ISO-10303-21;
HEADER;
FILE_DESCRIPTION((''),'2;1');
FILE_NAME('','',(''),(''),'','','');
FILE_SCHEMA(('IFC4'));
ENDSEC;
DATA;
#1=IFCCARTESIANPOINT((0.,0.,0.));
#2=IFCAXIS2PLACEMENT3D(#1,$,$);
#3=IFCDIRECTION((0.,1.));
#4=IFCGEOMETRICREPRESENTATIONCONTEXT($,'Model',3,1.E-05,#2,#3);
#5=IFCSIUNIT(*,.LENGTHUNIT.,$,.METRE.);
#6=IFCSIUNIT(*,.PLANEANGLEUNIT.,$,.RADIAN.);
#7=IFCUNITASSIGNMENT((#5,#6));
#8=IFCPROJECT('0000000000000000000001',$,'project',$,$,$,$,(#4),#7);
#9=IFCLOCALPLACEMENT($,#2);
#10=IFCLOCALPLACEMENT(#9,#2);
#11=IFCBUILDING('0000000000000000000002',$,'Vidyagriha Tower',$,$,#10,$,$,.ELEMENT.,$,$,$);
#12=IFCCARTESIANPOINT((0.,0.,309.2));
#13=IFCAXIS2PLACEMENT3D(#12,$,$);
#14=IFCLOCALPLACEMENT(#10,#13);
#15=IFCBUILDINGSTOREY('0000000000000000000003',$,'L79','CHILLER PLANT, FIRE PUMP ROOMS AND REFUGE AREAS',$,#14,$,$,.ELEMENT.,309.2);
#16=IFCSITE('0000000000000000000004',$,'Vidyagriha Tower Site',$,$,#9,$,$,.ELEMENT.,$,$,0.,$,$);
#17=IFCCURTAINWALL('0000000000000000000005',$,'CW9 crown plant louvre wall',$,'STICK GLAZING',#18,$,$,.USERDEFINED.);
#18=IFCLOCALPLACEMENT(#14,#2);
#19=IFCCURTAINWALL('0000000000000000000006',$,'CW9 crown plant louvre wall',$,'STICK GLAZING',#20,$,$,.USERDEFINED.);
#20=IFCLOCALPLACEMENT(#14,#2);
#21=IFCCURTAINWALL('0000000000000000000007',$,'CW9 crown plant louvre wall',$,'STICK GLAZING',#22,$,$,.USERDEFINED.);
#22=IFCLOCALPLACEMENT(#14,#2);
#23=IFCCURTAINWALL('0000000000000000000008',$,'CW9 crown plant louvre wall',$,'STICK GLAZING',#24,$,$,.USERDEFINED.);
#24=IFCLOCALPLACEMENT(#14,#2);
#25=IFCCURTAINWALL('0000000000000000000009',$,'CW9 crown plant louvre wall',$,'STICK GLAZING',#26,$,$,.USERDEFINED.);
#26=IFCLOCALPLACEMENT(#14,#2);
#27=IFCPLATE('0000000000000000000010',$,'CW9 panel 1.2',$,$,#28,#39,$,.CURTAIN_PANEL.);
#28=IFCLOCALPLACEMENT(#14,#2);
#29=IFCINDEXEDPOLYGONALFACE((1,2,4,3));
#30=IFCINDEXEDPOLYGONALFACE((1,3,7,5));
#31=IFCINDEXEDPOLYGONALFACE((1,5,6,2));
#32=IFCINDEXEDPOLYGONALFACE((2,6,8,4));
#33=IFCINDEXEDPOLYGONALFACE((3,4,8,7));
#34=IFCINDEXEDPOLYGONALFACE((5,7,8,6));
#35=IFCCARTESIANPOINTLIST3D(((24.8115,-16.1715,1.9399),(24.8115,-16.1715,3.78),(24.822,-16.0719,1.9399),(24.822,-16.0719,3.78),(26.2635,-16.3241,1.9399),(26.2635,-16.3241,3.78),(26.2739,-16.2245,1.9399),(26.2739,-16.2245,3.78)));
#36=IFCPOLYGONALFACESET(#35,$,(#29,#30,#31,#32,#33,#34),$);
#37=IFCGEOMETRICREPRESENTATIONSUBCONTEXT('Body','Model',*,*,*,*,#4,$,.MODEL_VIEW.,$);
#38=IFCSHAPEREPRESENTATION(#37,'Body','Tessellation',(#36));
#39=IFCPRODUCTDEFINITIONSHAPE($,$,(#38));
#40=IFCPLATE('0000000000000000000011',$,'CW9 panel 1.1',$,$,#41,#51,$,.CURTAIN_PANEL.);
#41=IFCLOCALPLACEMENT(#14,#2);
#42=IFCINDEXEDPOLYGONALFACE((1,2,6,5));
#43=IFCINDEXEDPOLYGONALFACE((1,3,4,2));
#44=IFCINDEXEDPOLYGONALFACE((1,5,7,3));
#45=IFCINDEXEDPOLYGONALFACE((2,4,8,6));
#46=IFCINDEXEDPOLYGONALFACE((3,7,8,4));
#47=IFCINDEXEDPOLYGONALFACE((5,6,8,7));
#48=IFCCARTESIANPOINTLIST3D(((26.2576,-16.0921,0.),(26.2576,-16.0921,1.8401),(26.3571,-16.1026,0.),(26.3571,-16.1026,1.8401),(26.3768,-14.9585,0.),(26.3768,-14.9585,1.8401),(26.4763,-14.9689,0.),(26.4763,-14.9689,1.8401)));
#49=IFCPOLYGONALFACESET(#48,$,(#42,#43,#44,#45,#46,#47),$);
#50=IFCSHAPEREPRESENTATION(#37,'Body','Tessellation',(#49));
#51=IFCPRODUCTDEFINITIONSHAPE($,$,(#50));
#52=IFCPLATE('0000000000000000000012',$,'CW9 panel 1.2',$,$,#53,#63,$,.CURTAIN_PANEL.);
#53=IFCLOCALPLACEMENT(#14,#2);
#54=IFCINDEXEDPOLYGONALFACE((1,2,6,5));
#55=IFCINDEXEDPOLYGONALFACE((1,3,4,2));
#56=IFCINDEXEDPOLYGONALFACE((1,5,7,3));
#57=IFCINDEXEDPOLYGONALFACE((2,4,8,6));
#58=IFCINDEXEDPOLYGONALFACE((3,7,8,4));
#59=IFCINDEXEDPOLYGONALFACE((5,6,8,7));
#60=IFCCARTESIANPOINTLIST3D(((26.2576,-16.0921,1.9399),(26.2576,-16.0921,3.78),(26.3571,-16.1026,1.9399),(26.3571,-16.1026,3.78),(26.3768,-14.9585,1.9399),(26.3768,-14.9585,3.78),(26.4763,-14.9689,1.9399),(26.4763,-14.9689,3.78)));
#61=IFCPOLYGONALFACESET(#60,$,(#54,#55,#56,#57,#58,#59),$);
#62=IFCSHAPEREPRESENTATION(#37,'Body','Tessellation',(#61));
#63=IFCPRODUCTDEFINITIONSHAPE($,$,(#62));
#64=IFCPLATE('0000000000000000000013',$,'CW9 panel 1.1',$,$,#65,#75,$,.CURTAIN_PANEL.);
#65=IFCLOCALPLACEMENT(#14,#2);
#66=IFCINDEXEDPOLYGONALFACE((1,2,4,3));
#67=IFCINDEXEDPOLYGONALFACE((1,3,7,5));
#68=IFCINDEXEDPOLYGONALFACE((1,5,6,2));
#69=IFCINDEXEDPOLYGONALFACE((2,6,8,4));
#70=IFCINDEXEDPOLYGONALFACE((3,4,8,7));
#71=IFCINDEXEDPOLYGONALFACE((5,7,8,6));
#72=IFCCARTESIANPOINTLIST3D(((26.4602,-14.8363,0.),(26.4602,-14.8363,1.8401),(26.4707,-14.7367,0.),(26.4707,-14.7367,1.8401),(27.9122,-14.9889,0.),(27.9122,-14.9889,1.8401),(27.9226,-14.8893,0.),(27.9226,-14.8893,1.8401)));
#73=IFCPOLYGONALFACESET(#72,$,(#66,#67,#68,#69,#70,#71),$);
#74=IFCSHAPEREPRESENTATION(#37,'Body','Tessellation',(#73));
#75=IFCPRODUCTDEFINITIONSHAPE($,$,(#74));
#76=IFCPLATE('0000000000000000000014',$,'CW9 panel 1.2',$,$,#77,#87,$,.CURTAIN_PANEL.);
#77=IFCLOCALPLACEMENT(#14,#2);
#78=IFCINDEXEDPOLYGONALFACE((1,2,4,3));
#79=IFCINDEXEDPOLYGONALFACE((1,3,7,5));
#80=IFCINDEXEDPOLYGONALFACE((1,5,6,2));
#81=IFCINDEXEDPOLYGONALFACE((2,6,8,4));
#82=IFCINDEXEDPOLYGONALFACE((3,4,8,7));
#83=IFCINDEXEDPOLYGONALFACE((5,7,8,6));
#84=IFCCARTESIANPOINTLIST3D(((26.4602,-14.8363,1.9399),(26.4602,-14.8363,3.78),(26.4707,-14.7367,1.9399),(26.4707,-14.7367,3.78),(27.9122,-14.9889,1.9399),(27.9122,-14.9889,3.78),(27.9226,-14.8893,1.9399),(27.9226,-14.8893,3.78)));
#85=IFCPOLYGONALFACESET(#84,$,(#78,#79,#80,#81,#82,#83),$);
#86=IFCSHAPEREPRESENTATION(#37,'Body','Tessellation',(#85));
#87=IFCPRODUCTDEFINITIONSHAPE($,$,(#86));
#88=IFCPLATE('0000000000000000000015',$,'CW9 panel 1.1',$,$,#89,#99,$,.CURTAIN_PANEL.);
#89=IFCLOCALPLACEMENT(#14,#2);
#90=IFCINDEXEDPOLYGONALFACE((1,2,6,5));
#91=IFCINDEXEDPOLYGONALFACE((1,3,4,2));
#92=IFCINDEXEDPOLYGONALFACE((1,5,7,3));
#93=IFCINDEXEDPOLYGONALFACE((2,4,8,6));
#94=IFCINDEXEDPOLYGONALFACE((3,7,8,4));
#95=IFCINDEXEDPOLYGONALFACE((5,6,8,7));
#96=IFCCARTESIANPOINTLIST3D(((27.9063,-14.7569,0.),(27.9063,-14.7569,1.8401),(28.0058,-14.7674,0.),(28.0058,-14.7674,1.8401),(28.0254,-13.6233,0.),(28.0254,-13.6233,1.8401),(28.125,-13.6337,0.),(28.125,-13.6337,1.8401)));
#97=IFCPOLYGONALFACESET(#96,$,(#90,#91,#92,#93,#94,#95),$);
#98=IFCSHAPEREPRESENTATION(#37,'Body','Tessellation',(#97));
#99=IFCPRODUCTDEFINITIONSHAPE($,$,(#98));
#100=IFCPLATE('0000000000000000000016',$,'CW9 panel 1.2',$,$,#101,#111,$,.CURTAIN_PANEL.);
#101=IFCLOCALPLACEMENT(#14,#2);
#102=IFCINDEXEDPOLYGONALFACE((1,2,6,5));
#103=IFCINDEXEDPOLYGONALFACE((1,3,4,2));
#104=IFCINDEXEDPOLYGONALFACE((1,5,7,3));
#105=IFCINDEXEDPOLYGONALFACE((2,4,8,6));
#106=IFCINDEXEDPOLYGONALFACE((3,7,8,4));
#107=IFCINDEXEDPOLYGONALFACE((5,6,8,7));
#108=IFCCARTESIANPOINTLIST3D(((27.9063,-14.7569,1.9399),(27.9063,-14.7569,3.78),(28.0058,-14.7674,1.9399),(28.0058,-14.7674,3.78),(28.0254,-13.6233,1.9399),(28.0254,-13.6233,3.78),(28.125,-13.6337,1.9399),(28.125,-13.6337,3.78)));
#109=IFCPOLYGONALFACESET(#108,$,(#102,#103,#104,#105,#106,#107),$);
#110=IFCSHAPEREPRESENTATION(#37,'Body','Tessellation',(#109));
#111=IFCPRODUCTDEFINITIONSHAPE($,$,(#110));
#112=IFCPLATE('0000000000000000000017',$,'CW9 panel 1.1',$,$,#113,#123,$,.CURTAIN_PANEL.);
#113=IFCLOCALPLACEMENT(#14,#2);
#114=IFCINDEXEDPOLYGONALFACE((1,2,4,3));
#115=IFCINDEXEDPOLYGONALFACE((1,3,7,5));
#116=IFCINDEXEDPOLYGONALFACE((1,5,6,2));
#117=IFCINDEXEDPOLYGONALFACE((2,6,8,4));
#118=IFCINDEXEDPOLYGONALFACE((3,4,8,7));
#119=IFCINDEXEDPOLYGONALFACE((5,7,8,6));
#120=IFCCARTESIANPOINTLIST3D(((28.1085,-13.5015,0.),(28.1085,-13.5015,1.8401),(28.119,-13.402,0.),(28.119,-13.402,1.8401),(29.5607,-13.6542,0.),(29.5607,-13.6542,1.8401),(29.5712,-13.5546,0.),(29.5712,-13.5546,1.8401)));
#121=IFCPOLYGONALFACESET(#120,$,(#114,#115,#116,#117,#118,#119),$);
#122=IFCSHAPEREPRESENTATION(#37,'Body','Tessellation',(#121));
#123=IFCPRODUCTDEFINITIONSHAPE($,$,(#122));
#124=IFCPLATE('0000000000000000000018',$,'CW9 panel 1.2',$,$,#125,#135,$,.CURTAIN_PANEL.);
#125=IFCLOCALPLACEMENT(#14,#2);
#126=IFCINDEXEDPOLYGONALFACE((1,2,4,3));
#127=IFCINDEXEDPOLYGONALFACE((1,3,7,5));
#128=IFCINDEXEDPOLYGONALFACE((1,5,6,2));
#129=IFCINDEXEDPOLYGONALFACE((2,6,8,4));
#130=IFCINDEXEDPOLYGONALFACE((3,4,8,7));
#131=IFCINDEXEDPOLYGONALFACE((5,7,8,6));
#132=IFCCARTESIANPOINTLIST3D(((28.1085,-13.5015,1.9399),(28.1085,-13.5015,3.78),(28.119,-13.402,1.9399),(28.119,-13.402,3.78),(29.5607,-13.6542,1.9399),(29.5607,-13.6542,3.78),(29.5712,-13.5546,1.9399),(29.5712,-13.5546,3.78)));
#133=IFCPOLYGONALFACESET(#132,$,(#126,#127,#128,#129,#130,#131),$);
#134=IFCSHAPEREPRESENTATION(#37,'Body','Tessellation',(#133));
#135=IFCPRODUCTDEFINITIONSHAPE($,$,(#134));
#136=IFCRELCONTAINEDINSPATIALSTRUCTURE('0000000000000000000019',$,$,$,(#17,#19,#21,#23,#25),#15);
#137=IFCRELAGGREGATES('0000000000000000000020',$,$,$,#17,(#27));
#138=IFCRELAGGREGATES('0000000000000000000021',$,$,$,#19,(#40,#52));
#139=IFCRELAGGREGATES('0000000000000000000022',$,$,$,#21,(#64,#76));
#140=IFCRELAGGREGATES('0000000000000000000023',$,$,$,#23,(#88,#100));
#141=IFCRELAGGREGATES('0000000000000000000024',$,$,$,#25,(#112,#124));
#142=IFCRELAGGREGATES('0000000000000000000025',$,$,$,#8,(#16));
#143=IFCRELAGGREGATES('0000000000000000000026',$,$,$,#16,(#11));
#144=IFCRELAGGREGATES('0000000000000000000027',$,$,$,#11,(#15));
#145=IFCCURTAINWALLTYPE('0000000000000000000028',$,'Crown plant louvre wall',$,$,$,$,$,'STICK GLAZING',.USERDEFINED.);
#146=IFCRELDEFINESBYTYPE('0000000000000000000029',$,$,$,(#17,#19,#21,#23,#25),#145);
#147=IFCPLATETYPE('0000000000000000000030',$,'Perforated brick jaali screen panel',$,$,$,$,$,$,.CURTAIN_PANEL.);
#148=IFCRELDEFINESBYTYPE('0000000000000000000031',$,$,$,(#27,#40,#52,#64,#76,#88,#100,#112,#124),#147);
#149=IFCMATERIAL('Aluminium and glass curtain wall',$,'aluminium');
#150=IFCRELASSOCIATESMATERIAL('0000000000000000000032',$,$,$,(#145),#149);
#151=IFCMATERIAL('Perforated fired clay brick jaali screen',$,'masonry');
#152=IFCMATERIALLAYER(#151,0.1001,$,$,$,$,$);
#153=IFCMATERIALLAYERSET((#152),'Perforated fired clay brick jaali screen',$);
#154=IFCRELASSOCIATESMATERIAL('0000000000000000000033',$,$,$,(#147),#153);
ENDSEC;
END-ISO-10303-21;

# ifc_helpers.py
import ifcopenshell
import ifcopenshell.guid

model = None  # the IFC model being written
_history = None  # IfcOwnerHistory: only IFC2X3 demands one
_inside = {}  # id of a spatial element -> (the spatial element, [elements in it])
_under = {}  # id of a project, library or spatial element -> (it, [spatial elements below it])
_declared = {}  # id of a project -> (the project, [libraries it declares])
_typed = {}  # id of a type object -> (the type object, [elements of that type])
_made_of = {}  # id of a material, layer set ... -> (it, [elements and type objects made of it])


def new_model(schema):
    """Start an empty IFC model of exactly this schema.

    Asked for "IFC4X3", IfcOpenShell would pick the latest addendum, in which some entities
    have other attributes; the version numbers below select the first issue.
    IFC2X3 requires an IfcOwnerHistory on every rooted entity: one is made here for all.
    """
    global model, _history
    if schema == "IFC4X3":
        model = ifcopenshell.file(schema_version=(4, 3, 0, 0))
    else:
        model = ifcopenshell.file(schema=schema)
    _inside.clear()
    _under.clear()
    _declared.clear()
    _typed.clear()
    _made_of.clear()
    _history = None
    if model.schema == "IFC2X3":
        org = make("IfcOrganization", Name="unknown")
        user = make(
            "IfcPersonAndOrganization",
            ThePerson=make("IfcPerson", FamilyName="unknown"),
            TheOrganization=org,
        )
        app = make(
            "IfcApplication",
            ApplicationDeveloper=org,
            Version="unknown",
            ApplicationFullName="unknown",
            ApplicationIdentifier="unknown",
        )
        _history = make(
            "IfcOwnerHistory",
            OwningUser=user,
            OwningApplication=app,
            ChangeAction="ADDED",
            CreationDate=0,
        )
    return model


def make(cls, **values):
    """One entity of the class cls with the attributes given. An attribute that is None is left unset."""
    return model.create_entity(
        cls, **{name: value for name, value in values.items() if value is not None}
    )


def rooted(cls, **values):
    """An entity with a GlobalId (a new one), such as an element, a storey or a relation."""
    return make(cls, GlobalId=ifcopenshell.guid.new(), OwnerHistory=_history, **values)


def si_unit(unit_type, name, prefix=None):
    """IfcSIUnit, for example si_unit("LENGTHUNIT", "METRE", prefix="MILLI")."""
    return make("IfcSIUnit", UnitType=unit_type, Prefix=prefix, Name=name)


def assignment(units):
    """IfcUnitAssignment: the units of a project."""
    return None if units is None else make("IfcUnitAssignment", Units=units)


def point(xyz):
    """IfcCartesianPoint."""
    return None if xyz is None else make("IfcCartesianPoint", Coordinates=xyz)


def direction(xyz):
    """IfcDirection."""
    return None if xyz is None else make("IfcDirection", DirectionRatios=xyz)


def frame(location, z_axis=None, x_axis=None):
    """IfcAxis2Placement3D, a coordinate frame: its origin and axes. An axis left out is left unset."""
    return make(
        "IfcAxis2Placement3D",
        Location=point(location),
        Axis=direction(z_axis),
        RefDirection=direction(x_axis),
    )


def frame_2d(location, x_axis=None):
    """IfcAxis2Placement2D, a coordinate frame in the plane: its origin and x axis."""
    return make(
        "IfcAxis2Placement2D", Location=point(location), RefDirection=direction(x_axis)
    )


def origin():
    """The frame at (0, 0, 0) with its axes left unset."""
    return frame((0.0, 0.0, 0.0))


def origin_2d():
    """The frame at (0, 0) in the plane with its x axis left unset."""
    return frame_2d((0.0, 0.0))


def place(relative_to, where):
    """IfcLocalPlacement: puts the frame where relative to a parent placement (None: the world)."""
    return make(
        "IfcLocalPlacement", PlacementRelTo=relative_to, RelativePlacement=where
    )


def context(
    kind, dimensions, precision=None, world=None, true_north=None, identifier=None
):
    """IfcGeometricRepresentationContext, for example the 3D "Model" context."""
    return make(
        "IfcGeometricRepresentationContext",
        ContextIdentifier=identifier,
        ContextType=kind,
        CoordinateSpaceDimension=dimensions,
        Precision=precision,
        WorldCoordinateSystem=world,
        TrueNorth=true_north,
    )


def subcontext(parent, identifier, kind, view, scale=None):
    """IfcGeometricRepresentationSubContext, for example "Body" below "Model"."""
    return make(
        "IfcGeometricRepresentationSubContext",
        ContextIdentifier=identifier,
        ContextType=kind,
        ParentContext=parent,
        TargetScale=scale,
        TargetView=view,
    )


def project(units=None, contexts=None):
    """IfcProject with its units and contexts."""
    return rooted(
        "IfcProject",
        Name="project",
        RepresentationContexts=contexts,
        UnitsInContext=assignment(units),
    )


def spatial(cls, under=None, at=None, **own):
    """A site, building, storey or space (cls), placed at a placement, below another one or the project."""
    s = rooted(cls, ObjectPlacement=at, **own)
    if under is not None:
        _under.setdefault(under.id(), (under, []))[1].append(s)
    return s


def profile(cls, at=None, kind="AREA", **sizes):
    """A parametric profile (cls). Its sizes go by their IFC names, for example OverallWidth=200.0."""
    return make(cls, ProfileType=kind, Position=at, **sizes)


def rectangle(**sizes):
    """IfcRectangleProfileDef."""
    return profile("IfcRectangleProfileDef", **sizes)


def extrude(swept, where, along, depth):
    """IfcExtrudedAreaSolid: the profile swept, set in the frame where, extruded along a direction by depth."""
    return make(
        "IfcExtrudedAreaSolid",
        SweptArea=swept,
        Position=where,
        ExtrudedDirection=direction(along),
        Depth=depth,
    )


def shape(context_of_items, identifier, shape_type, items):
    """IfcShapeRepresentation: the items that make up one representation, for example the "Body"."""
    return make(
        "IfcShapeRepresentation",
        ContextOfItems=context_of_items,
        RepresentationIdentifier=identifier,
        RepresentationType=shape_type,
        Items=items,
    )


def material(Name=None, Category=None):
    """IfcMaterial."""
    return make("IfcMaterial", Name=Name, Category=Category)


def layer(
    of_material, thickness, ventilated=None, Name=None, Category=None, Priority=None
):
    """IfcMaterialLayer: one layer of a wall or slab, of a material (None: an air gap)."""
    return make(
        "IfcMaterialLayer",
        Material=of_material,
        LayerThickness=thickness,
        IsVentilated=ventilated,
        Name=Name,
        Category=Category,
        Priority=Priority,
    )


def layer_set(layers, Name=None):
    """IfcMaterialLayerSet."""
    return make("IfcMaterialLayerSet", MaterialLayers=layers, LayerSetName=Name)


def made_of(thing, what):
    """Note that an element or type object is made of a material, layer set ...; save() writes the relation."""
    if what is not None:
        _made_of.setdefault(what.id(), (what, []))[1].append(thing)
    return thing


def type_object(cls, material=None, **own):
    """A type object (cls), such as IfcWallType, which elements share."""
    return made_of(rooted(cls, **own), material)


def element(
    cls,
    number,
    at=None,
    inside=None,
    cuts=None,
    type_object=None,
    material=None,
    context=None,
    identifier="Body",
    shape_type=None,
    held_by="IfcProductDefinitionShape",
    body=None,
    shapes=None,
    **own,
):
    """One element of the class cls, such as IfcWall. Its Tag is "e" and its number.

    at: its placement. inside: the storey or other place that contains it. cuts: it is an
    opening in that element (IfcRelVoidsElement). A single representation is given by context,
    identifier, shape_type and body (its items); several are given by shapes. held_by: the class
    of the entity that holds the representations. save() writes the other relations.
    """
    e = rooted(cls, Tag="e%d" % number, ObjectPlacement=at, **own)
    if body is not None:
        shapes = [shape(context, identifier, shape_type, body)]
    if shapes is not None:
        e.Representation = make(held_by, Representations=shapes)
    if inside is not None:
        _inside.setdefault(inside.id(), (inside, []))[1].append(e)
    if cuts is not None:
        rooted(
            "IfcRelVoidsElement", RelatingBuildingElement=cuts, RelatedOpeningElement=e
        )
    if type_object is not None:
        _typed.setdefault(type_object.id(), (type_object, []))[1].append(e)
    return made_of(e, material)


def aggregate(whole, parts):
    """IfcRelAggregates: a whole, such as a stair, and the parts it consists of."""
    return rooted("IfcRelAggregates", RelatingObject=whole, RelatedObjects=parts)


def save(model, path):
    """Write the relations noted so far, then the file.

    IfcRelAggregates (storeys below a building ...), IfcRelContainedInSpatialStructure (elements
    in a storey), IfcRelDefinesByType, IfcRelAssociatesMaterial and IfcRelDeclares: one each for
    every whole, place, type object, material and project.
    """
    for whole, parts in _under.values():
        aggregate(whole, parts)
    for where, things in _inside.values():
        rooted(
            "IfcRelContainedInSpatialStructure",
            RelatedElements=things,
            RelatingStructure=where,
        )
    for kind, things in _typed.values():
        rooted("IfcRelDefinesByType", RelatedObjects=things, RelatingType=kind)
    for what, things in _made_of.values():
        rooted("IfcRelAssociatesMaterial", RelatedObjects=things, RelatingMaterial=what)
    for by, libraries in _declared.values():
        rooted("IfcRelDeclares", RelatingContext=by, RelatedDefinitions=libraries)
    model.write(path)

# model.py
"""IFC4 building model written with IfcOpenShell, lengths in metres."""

from ifc_helpers import new_model, si_unit, direction, frame, origin, origin_2d, place, context, subcontext, project, spatial, rectangle, extrude, material, layer, layer_set, type_object, element, aggregate, save


model = new_model("IFC4")

# Units and contexts
model_context = context("Model", 3, precision=1e-05, world=origin(), true_north=direction((0.0, 1.0)))
body_context = subcontext(model_context, "Body", "Model", "MODEL_VIEW")
ifc_project = project(units=[si_unit("LENGTHUNIT", "METRE"), si_unit("PLANEANGLEUNIT", "RADIAN")], contexts=[model_context])

# Site, building, storey
site_placement = place(None, origin())
site = spatial("IfcSite", under=ifc_project, at=site_placement, Name="Vidyagriha Tower Site", CompositionType="ELEMENT", RefElevation=0.0)
building_placement = place(site_placement, origin())
building = spatial("IfcBuilding", under=site, at=building_placement, Name="Vidyagriha Tower", CompositionType="ELEMENT")
storey_placement = place(building_placement, frame((0.0, 0.0, 309.2)))
storey = spatial("IfcBuildingStorey", under=building, at=storey_placement, Name="L79", Description="CHILLER PLANT, FIRE PUMP ROOMS AND REFUGE AREAS", CompositionType="ELEMENT", Elevation=309.2)

# Curtain wall
ifc_material_1 = material(Name="Aluminium and glass curtain wall", Category="aluminium")
curtain_wall_type = type_object("IfcCurtainWallType", Name="Crown plant louvre wall", ElementType="STICK GLAZING", PredefinedType="USERDEFINED", material=ifc_material_1)
curtain_wall_1_placement = place(storey_placement, origin())
curtain_wall_1 = element("IfcCurtainWall", 1, at=curtain_wall_1_placement, inside=storey, type_object=curtain_wall_type, Name="CW9 crown plant louvre wall", ObjectType="STICK GLAZING", PredefinedType="USERDEFINED")

# Curtain walls
curtain_wall_2_placement = place(storey_placement, origin())
curtain_wall_2 = element("IfcCurtainWall", 2, at=curtain_wall_2_placement, inside=storey, type_object=curtain_wall_type, Name="CW9 crown plant louvre wall", ObjectType="STICK GLAZING", PredefinedType="USERDEFINED")
curtain_wall_3_placement = place(storey_placement, origin())
curtain_wall_3 = element("IfcCurtainWall", 3, at=curtain_wall_3_placement, inside=storey, type_object=curtain_wall_type, Name="CW9 crown plant louvre wall", ObjectType="STICK GLAZING", PredefinedType="USERDEFINED")
curtain_wall_4_placement = place(storey_placement, origin())
curtain_wall_4 = element("IfcCurtainWall", 4, at=curtain_wall_4_placement, inside=storey, type_object=curtain_wall_type, Name="CW9 crown plant louvre wall", ObjectType="STICK GLAZING", PredefinedType="USERDEFINED")

# Curtain wall
curtain_wall_5_placement = place(storey_placement, origin())
curtain_wall_5 = element("IfcCurtainWall", 5, at=curtain_wall_5_placement, inside=storey, type_object=curtain_wall_type, Name="CW9 crown plant louvre wall", ObjectType="STICK GLAZING", PredefinedType="USERDEFINED")

# Plates
ifc_material_2 = material(Name="Perforated fired clay brick jaali screen", Category="masonry")
ifc_layer = layer(ifc_material_2, 0.1001)
ifc_layer_set = layer_set([ifc_layer], Name="Perforated fired clay brick jaali screen")
plate_type = type_object("IfcPlateType", Name="Perforated brick jaali screen panel", PredefinedType="CURTAIN_PANEL", material=ifc_layer_set)
plate_1_placement = place(storey_placement, frame((25.5427, -16.198, 1.9399), z_axis=(0.0, 0.0, 1.0), x_axis=(0.994523, -0.104519, 0.0)))
plate_1 = element("IfcPlate", 6, at=plate_1_placement, type_object=plate_type, Name="CW9 panel 1.2", PredefinedType="CURTAIN_PANEL", context=body_context, shape_type="SweptSolid", body=[
    extrude(rectangle(XDim=1.46, YDim=0.1001, at=origin_2d()), origin(), (0.0, 0.0, 1.0), 1.8401),
])
aggregate(curtain_wall_1, [plate_1])
plate_2_placement = place(storey_placement, frame((26.3669, -15.5305, 0.0), z_axis=(0.0, 0.0, 1.0), x_axis=(0.104549, 0.99452, 0.0)))
plate_2 = element("IfcPlate", 7, at=plate_2_placement, type_object=plate_type, Name="CW9 panel 1.1", PredefinedType="CURTAIN_PANEL", context=body_context, shape_type="SweptSolid", body=[
    extrude(rectangle(XDim=1.1399, YDim=0.1001, at=origin_2d()), origin(), (0.0, 0.0, 1.0), 1.8401),
])
plate_3_placement = place(storey_placement, frame((26.3669, -15.5305, 1.9399), z_axis=(0.0, 0.0, 1.0), x_axis=(0.104549, 0.99452, 0.0)))
plate_3 = element("IfcPlate", 8, at=plate_3_placement, type_object=plate_type, Name="CW9 panel 1.2", PredefinedType="CURTAIN_PANEL", context=body_context, shape_type="SweptSolid", body=[
    extrude(rectangle(XDim=1.1399, YDim=0.1001, at=origin_2d()), origin(), (0.0, 0.0, 1.0), 1.8401),
])
aggregate(curtain_wall_2, [plate_2, plate_3])
plate_4_placement = place(storey_placement, frame((27.1914, -14.8628, 0.0), z_axis=(0.0, 0.0, 1.0), x_axis=(0.994523, -0.104519, 0.0)))
plate_4 = element("IfcPlate", 9, at=plate_4_placement, type_object=plate_type, Name="CW9 panel 1.1", PredefinedType="CURTAIN_PANEL", context=body_context, shape_type="SweptSolid", body=[
    extrude(rectangle(XDim=1.46, YDim=0.1001, at=origin_2d()), origin(), (0.0, 0.0, 1.0), 1.8401),
])
plate_5_placement = place(storey_placement, frame((27.1914, -14.8628, 1.9399), z_axis=(0.0, 0.0, 1.0), x_axis=(0.994523, -0.104519, 0.0)))
plate_5 = element("IfcPlate", 10, at=plate_5_placement, type_object=plate_type, Name="CW9 panel 1.2", PredefinedType="CURTAIN_PANEL", context=body_context, shape_type="SweptSolid", body=[
    extrude(rectangle(XDim=1.46, YDim=0.1001, at=origin_2d()), origin(), (0.0, 0.0, 1.0), 1.8401),
])
aggregate(curtain_wall_3, [plate_4, plate_5])
plate_6_placement = place(storey_placement, frame((28.0156, -14.1953, 0.0), z_axis=(0.0, 0.0, 1.0), x_axis=(0.104549, 0.99452, 0.0)))
plate_6 = element("IfcPlate", 11, at=plate_6_placement, type_object=plate_type, Name="CW9 panel 1.1", PredefinedType="CURTAIN_PANEL", context=body_context, shape_type="SweptSolid", body=[
    extrude(rectangle(XDim=1.1399, YDim=0.1001, at=origin_2d()), origin(), (0.0, 0.0, 1.0), 1.8401),
])
plate_7_placement = place(storey_placement, frame((28.0156, -14.1953, 1.9399), z_axis=(0.0, 0.0, 1.0), x_axis=(0.104549, 0.99452, 0.0)))
plate_7 = element("IfcPlate", 12, at=plate_7_placement, type_object=plate_type, Name="CW9 panel 1.2", PredefinedType="CURTAIN_PANEL", context=body_context, shape_type="SweptSolid", body=[
    extrude(rectangle(XDim=1.1399, YDim=0.1001, at=origin_2d()), origin(), (0.0, 0.0, 1.0), 1.8401),
])
aggregate(curtain_wall_4, [plate_6, plate_7])
plate_8_placement = place(storey_placement, frame((28.8398, -13.5281, 0.0), z_axis=(0.0, 0.0, 1.0), x_axis=(0.994524, -0.104512, 0.0)))
plate_8 = element("IfcPlate", 13, at=plate_8_placement, type_object=plate_type, Name="CW9 panel 1.1", PredefinedType="CURTAIN_PANEL", context=body_context, shape_type="SweptSolid", body=[
    extrude(rectangle(XDim=1.4602, YDim=0.1001, at=origin_2d()), origin(), (0.0, 0.0, 1.0), 1.8401),
])
plate_9_placement = place(storey_placement, frame((28.8398, -13.5281, 1.9399), z_axis=(0.0, 0.0, 1.0), x_axis=(0.994524, -0.104512, 0.0)))
plate_9 = element("IfcPlate", 14, at=plate_9_placement, type_object=plate_type, Name="CW9 panel 1.2", PredefinedType="CURTAIN_PANEL", context=body_context, shape_type="SweptSolid", body=[
    extrude(rectangle(XDim=1.4602, YDim=0.1001, at=origin_2d()), origin(), (0.0, 0.0, 1.0), 1.8401),
])
aggregate(curtain_wall_5, [plate_8, plate_9])

save(model, "model.ifc")
